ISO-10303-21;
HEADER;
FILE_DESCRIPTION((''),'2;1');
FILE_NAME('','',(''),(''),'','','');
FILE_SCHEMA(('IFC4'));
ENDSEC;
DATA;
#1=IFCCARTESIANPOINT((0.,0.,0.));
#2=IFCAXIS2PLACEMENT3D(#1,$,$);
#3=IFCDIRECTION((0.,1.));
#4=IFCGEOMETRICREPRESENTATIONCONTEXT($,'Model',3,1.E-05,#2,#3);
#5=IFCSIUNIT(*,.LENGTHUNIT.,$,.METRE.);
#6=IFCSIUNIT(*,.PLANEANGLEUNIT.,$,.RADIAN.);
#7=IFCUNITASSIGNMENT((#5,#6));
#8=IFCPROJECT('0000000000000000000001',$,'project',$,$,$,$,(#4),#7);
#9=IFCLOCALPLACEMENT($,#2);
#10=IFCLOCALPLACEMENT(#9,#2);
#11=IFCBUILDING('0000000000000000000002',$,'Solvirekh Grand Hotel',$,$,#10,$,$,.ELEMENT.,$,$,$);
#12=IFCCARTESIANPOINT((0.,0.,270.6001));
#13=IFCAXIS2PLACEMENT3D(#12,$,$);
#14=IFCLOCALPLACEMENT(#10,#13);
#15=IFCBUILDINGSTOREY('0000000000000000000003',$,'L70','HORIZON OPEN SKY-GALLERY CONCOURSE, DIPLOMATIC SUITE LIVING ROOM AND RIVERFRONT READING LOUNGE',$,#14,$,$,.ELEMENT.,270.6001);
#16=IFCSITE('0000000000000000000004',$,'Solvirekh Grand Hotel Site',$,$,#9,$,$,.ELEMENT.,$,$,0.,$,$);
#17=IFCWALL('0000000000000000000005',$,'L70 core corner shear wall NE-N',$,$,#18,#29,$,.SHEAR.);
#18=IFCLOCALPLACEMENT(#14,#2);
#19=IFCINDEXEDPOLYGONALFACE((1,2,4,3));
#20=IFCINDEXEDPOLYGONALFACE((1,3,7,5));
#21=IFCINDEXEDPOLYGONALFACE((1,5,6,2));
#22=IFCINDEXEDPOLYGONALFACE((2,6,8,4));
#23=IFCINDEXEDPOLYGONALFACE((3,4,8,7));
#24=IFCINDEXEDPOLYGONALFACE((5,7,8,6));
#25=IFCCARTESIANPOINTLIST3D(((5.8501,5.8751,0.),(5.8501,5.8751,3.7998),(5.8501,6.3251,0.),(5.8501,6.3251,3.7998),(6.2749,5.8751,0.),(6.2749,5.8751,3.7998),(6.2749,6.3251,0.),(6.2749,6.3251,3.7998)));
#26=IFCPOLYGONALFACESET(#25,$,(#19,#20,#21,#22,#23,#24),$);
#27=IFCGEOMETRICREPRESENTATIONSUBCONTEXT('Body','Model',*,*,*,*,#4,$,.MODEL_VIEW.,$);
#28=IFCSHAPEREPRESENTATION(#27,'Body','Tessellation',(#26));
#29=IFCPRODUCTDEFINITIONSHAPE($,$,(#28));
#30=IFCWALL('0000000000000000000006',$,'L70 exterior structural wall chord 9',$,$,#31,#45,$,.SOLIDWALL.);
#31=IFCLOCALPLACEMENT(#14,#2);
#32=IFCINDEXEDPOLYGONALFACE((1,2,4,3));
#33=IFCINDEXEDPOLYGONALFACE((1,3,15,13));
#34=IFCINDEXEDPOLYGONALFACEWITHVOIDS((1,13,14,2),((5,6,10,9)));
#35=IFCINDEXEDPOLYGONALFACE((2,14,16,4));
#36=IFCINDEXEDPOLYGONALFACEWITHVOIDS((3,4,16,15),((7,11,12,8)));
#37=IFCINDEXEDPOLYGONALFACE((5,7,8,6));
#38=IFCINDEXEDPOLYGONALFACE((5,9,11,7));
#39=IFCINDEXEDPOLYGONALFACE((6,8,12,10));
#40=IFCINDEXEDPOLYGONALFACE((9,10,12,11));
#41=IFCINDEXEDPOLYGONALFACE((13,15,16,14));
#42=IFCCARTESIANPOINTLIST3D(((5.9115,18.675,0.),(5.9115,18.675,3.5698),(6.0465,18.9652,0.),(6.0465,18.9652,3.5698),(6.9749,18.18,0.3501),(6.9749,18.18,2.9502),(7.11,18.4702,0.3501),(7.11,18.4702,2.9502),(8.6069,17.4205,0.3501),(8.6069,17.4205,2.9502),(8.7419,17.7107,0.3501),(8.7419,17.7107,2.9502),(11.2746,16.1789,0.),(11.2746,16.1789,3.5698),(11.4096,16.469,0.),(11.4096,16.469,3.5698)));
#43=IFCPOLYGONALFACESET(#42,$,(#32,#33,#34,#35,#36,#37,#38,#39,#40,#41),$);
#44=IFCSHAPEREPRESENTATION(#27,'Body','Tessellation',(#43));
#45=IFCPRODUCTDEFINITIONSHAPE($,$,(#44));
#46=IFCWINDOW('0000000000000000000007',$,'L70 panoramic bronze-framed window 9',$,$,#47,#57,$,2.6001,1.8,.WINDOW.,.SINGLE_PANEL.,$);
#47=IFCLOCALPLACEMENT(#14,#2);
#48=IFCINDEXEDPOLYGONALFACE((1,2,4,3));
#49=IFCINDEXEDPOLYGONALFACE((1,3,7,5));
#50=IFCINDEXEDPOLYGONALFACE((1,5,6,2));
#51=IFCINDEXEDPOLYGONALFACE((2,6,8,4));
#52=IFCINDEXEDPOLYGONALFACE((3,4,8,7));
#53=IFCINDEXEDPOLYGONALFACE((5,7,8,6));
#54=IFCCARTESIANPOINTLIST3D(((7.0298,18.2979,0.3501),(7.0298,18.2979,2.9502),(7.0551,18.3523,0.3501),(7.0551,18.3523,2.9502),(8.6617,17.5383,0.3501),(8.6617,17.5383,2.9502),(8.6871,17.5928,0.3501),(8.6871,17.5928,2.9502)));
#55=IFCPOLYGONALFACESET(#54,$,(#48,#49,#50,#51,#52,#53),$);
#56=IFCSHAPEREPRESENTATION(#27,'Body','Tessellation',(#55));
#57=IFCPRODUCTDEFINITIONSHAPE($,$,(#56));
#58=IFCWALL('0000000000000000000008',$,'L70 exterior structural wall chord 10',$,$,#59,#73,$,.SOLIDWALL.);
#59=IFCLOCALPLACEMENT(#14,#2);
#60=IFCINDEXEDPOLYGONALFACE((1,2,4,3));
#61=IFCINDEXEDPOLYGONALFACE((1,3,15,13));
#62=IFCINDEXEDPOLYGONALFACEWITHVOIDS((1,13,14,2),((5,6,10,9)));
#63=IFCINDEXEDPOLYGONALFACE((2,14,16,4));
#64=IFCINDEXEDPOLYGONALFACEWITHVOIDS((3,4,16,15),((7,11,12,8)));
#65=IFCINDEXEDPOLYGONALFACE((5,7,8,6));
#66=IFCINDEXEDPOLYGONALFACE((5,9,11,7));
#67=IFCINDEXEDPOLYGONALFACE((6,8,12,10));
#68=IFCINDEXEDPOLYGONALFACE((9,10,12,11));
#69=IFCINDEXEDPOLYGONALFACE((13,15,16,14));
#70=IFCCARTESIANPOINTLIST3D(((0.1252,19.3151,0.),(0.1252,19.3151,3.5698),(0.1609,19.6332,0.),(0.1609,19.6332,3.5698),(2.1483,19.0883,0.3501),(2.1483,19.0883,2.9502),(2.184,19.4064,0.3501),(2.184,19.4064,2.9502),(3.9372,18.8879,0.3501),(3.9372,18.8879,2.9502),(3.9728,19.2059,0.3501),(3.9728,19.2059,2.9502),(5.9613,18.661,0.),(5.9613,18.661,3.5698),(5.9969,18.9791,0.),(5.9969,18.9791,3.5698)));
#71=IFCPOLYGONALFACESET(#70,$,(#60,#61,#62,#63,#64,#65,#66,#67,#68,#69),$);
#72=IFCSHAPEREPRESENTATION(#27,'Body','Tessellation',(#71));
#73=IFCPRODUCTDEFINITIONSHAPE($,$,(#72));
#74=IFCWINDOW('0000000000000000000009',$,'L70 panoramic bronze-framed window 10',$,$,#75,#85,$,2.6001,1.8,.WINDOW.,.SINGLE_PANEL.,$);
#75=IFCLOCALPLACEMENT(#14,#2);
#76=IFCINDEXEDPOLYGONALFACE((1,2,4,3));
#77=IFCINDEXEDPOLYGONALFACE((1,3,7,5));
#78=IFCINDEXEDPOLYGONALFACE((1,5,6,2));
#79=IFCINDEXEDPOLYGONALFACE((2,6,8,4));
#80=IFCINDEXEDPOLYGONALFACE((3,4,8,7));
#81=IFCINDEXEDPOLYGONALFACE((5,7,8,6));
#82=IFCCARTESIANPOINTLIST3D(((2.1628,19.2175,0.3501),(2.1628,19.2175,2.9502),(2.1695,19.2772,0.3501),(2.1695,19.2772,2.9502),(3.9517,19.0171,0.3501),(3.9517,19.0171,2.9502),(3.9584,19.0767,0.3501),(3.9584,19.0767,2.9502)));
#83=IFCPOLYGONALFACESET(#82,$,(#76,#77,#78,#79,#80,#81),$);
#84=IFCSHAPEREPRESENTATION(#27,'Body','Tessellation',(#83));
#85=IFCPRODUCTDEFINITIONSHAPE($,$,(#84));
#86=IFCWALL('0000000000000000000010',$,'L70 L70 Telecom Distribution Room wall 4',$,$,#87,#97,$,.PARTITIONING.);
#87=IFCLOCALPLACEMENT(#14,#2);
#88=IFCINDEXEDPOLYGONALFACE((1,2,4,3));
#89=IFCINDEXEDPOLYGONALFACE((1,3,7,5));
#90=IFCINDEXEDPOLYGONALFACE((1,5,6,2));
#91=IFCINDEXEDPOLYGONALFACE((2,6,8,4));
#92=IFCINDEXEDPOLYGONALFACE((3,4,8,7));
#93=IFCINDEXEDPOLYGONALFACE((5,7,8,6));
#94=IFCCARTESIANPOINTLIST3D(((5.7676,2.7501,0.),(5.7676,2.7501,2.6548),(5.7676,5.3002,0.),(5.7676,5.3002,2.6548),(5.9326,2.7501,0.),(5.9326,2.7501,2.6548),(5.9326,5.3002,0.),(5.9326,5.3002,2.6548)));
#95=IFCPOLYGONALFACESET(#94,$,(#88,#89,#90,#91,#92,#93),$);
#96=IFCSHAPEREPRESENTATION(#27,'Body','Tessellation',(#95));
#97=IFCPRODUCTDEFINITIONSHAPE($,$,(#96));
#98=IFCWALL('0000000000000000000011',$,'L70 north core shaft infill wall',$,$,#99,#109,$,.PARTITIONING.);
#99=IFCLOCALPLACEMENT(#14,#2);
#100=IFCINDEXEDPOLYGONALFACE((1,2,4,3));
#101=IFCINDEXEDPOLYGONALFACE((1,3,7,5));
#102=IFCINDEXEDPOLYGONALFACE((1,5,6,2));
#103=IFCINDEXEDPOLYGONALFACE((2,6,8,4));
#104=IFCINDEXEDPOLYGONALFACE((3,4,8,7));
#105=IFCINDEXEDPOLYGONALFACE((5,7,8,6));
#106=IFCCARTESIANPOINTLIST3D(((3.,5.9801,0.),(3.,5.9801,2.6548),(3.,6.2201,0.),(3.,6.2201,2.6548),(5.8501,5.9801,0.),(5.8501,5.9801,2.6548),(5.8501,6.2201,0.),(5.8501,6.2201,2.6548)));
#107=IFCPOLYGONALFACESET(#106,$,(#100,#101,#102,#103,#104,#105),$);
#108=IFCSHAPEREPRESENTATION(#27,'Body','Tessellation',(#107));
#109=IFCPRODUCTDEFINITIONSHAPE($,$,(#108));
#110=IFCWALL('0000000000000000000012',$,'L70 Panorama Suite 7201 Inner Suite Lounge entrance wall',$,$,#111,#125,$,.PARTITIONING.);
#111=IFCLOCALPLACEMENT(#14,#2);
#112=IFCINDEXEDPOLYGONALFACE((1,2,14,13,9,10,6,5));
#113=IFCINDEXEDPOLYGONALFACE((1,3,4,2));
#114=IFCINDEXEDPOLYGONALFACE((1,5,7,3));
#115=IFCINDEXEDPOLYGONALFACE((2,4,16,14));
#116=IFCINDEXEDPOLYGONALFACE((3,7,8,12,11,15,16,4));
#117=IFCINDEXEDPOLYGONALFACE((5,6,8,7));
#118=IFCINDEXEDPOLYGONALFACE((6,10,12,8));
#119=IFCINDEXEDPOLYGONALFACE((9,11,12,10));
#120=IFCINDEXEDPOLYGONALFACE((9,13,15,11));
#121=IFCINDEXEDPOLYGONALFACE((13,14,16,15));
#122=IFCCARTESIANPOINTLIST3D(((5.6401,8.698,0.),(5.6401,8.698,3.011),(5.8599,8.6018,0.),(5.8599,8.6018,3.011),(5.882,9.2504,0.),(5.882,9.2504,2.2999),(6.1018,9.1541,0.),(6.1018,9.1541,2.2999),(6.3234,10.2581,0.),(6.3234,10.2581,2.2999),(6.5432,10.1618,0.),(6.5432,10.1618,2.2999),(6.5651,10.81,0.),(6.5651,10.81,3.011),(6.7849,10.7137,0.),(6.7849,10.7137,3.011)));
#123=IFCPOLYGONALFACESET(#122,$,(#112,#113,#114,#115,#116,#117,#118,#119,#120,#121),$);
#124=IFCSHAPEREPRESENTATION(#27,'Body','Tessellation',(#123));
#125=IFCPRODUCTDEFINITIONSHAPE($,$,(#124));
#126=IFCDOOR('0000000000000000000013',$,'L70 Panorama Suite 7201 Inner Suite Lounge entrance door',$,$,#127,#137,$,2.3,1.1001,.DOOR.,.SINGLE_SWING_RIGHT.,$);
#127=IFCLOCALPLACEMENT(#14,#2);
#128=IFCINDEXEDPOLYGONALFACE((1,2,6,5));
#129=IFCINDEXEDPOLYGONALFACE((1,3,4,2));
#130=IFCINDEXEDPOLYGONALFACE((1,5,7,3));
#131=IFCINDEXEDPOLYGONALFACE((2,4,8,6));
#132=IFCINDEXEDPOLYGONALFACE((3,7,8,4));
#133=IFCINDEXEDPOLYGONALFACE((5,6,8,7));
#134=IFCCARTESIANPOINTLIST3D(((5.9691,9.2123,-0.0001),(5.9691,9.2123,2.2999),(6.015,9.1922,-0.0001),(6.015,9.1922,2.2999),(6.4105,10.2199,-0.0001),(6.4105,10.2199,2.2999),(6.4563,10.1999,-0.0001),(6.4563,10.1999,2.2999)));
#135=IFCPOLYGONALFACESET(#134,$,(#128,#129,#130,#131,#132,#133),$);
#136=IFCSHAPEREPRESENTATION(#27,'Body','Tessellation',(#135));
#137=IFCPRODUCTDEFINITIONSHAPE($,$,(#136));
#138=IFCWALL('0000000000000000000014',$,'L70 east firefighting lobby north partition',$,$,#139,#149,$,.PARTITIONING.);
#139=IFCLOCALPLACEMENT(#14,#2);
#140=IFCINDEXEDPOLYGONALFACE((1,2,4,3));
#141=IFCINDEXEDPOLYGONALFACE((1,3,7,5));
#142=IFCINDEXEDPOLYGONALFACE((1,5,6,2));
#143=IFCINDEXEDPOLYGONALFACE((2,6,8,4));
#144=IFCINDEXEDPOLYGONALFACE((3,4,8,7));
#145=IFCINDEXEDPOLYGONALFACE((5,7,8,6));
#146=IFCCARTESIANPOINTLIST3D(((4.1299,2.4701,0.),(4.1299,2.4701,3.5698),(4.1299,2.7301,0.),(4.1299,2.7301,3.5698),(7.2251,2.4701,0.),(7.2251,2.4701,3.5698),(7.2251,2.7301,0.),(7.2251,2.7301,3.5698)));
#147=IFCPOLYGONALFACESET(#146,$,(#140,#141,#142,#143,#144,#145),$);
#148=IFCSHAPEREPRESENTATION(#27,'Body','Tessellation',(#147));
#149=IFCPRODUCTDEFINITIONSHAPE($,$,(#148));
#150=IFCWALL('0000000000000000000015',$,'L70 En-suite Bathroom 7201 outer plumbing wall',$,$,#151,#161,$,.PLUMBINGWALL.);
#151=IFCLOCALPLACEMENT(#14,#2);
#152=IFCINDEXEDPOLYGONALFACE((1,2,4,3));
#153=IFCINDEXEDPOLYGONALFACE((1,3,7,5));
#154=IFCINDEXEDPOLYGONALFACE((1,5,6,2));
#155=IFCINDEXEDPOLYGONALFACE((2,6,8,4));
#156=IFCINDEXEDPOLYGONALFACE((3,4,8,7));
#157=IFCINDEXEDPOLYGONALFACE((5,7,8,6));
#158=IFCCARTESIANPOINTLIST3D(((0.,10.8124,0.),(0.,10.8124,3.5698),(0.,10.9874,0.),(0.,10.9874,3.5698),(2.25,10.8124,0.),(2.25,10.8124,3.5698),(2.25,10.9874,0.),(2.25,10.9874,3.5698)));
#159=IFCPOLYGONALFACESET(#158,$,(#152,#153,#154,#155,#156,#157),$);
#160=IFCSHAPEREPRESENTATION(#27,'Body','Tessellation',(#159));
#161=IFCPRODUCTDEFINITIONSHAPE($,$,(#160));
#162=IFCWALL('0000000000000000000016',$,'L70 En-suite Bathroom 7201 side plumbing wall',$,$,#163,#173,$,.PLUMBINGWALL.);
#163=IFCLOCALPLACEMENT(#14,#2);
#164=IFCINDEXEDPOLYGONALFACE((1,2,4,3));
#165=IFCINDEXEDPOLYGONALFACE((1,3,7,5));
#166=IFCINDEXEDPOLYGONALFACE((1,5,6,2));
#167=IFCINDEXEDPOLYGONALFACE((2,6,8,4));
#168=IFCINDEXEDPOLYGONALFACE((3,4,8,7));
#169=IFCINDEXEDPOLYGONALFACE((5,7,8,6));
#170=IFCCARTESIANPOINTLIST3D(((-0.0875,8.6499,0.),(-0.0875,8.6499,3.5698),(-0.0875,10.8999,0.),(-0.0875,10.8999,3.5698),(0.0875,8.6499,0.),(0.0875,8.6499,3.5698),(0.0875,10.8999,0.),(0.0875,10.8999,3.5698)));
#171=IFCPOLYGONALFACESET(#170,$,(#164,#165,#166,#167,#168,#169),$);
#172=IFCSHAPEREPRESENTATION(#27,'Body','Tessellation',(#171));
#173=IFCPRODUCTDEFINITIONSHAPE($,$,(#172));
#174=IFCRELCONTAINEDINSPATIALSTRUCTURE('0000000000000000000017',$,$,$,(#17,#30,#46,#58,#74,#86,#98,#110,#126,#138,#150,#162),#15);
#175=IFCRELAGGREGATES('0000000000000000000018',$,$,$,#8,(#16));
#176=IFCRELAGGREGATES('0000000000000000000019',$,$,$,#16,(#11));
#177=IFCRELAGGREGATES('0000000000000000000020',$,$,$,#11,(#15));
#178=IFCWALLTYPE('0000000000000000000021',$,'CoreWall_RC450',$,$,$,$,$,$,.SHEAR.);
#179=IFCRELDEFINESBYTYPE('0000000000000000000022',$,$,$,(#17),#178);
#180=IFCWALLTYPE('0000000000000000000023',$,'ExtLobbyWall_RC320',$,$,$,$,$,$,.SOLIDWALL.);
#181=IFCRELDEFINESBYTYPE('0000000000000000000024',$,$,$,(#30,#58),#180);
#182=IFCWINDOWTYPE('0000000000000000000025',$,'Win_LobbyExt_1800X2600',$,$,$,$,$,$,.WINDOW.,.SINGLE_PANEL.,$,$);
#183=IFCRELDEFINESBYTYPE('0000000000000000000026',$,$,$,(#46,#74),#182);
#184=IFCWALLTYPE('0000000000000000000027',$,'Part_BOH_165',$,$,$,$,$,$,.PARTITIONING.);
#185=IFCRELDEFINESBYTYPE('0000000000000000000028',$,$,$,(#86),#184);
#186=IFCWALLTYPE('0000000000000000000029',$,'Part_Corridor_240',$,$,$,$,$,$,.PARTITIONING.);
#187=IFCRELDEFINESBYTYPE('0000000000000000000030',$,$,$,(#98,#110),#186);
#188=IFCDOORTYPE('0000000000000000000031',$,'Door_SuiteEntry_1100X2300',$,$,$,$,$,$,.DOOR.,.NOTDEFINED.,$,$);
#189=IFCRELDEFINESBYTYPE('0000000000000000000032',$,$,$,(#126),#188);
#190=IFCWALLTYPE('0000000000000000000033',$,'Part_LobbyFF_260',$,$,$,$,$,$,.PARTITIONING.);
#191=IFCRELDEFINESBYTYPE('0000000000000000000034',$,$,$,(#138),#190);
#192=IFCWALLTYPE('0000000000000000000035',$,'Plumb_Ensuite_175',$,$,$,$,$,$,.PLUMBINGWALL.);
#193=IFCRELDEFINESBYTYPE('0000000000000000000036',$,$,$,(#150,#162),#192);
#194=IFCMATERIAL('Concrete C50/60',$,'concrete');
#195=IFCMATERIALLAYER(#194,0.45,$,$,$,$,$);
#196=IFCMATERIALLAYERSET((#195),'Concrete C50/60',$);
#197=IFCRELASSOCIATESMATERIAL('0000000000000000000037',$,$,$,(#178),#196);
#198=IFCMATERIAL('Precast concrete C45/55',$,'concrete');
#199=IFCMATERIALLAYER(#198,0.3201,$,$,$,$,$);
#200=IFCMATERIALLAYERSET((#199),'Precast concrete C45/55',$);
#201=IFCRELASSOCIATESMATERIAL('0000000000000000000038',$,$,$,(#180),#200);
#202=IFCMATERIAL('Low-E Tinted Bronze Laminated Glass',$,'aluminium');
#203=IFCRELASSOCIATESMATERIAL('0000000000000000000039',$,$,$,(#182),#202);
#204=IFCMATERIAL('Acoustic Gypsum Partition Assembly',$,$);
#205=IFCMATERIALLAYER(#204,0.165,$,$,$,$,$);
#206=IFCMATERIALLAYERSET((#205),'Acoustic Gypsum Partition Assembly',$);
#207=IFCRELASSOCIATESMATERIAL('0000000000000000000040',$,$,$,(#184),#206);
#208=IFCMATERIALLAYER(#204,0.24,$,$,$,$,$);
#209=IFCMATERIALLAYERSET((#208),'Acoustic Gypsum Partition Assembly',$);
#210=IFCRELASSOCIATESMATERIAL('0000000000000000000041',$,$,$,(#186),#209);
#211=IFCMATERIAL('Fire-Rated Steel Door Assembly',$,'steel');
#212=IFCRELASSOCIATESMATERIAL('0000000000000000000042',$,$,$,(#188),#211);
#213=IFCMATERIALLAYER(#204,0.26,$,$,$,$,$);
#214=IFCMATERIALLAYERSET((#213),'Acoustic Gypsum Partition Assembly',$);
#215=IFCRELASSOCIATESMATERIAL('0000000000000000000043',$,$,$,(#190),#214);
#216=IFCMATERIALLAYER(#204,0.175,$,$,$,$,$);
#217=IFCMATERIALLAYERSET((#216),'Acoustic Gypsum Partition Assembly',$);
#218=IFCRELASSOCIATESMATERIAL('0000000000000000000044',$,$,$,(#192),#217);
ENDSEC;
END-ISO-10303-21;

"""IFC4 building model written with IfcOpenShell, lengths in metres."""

from ifc_helpers import new_model, si_unit, direction, frame, frame_2d, origin, place, context, subcontext, project, spatial, rectangle, extrude, material, layer, layer_set, type_object, element, fill, save


model = new_model("IFC4")

# Units and contexts
model_context = context("Model", 3, precision=1e-05, world=origin(), true_north=direction((0.0, 1.0)))
body_context = subcontext(model_context, "Body", "Model", "MODEL_VIEW")
ifc_project = project(units=[si_unit("LENGTHUNIT", "METRE"), si_unit("PLANEANGLEUNIT", "RADIAN")], contexts=[model_context])

# Site, building, storey
site_placement = place(None, origin())
site = spatial("IfcSite", under=ifc_project, at=site_placement, Name="Solvirekh Grand Hotel Site", CompositionType="ELEMENT", RefElevation=0.0)
building_placement = place(site_placement, origin())
building = spatial("IfcBuilding", under=site, at=building_placement, Name="Solvirekh Grand Hotel", CompositionType="ELEMENT")
storey_placement = place(building_placement, frame((0.0, 0.0, 270.6001)))
storey = spatial("IfcBuildingStorey", under=building, at=storey_placement, Name="L70", Description="HORIZON OPEN SKY-GALLERY CONCOURSE, DIPLOMATIC SUITE LIVING ROOM AND RIVERFRONT READING LOUNGE", CompositionType="ELEMENT", Elevation=270.6001)

# Shared definitions
ifc_material_1 = material(Name="Fire-Rated Steel Door Assembly", Category="steel")

# Wall
ifc_material_2 = material(Name="Concrete C50/60", Category="concrete")
ifc_layer_1 = layer(ifc_material_2, 0.45)
ifc_layer_set_1 = layer_set([ifc_layer_1], Name="Concrete C50/60")
wall_type_1 = type_object("IfcWallType", Name="CoreWall_RC450", PredefinedType="SHEAR", material=ifc_layer_set_1)
wall_1_placement = place(storey_placement, frame((5.8501, 6.1001, 0.0), z_axis=(0.0, 0.0, 1.0), x_axis=(1.0, 0.0, 0.0)))
element("IfcWall", 1, at=wall_1_placement, inside=storey, type_object=wall_type_1, Name="L70 core corner shear wall NE-N", PredefinedType="SHEAR", context=body_context, shape_type="SweptSolid", body=[
    extrude(rectangle(XDim=0.4248, YDim=0.45, at=frame_2d((0.2124, 0.0))), origin(), (0.0, 0.0, 1.0), 3.7998),
])

# Walls, openings, windows
ifc_material_3 = material(Name="Precast concrete C45/55", Category="concrete")
ifc_layer_2 = layer(ifc_material_3, 0.3201)
ifc_layer_set_2 = layer_set([ifc_layer_2], Name="Precast concrete C45/55")
wall_type_2 = type_object("IfcWallType", Name="ExtLobbyWall_RC320", PredefinedType="SOLIDWALL", material=ifc_layer_set_2)
wall_2_placement = place(storey_placement, frame((5.979, 18.8201, 0.0), z_axis=(0.0, 0.0, 1.0), x_axis=(0.906614, -0.421961, 0.0)))
wall_2 = element("IfcWall", 2, at=wall_2_placement, inside=storey, type_object=wall_type_2, Name="L70 exterior structural wall chord 9", PredefinedType="SOLIDWALL", context=body_context, shape_type="SweptSolid", body=[
    extrude(rectangle(XDim=5.9155, YDim=0.3201, at=frame_2d((2.9578, 0.0))), origin(), (0.0, 0.0, 1.0), 3.5698),
])
opening_1_placement = place(wall_2_placement, frame((1.1731, 0.0, 0.3501)))
opening_1 = element("IfcOpeningElement", 3, at=opening_1_placement, cuts=wall_2, PredefinedType="OPENING", context=body_context, shape_type="SweptSolid", body=[
    extrude(rectangle(XDim=1.8, YDim=2.6001, at=frame_2d((0.8999, 1.3))), frame((0.0, 0.1699, 0.0), z_axis=(0.0, -1.0, 0.0), x_axis=(1.0, 0.0, 0.0)), (0.0, 0.0, 1.0), 0.3401),
])
ifc_material_4 = material(Name="Low-E Tinted Bronze Laminated Glass", Category="aluminium")
window_type = type_object("IfcWindowType", Name="Win_LobbyExt_1800X2600", PartitioningType="SINGLE_PANEL", PredefinedType="WINDOW", material=ifc_material_4)
window_1_placement = place(opening_1_placement, origin())
window_1 = element("IfcWindow", 4, at=window_1_placement, inside=storey, type_object=window_type, Name="L70 panoramic bronze-framed window 9", OverallHeight=2.6001, OverallWidth=1.8, PartitioningType="SINGLE_PANEL", PredefinedType="WINDOW", context=body_context, shape_type="SweptSolid", body=[
    extrude(rectangle(XDim=1.8, YDim=2.6001, at=frame_2d((0.8999, 1.3))), frame((0.0, 0.03, 0.0), z_axis=(0.0, -1.0, 0.0), x_axis=(1.0, 0.0, 0.0)), (0.0, 0.0, 1.0), 0.0601),
])
fill(opening_1, window_1)
wall_3_placement = place(storey_placement, frame((0.1431, 19.4741, 0.0), z_axis=(0.0, 0.0, 1.0), x_axis=(0.993778, -0.111376, 0.0)))
wall_3 = element("IfcWall", 5, at=wall_3_placement, inside=storey, type_object=wall_type_2, Name="L70 exterior structural wall chord 10", PredefinedType="SOLIDWALL", context=body_context, shape_type="SweptSolid", body=[
    extrude(rectangle(XDim=5.8726, YDim=0.3201, at=frame_2d((2.9363, 0.0))), origin(), (0.0, 0.0, 1.0), 3.5698),
])
opening_2_placement = place(wall_3_placement, frame((2.0359, 0.0, 0.3501)))
opening_2 = element("IfcOpeningElement", 6, at=opening_2_placement, cuts=wall_3, PredefinedType="OPENING", context=body_context, shape_type="SweptSolid", body=[
    extrude(rectangle(XDim=1.8, YDim=2.6001, at=frame_2d((0.8999, 1.3))), frame((0.0, 0.1699, 0.0), z_axis=(0.0, -1.0, 0.0), x_axis=(1.0, 0.0, 0.0)), (0.0, 0.0, 1.0), 0.3401),
])
window_2_placement = place(opening_2_placement, origin())
window_2 = element("IfcWindow", 7, at=window_2_placement, inside=storey, type_object=window_type, Name="L70 panoramic bronze-framed window 10", OverallHeight=2.6001, OverallWidth=1.8, PartitioningType="SINGLE_PANEL", PredefinedType="WINDOW", context=body_context, shape_type="SweptSolid", body=[
    extrude(rectangle(XDim=1.8, YDim=2.6001, at=frame_2d((0.8999, 1.3))), frame((0.0, 0.03, 0.0), z_axis=(0.0, -1.0, 0.0), x_axis=(1.0, 0.0, 0.0)), (0.0, 0.0, 1.0), 0.0601),
])
fill(opening_2, window_2)

# Walls
ifc_material_5 = material(Name="Acoustic Gypsum Partition Assembly")
ifc_layer_3 = layer(ifc_material_5, 0.165)
ifc_layer_set_3 = layer_set([ifc_layer_3], Name="Acoustic Gypsum Partition Assembly")
wall_type_3 = type_object("IfcWallType", Name="Part_BOH_165", PredefinedType="PARTITIONING", material=ifc_layer_set_3)
wall_4_placement = place(storey_placement, frame((5.8501, 5.3, 0.0), z_axis=(0.0, 0.0, 1.0), x_axis=(0.0, -1.0, 0.0)))
element("IfcWall", 8, at=wall_4_placement, inside=storey, type_object=wall_type_3, Name="L70 L70 Telecom Distribution Room wall 4", PredefinedType="PARTITIONING", context=body_context, shape_type="SweptSolid", body=[
    extrude(rectangle(XDim=2.55, YDim=0.165, at=frame_2d((1.2749, 0.0))), origin(), (0.0, 0.0, 1.0), 2.6548),
])
ifc_layer_4 = layer(ifc_material_5, 0.24)
ifc_layer_set_4 = layer_set([ifc_layer_4], Name="Acoustic Gypsum Partition Assembly")
wall_type_4 = type_object("IfcWallType", Name="Part_Corridor_240", PredefinedType="PARTITIONING", material=ifc_layer_set_4)
wall_5_placement = place(storey_placement, frame((3.0, 6.1001, 0.0), z_axis=(0.0, 0.0, 1.0), x_axis=(1.0, 0.0, 0.0)))
element("IfcWall", 9, at=wall_5_placement, inside=storey, type_object=wall_type_4, Name="L70 north core shaft infill wall", PredefinedType="PARTITIONING", context=body_context, shape_type="SweptSolid", body=[
    extrude(rectangle(XDim=2.8501, YDim=0.24, at=frame_2d((1.425, 0.0))), origin(), (0.0, 0.0, 1.0), 2.6548),
])

# Wall, opening, door
wall_6_placement = place(storey_placement, frame((5.75, 8.6499, 0.0), z_axis=(0.0, 0.0, 1.0), x_axis=(0.401191, 0.915994, 0.0)))
wall_6 = element("IfcWall", 10, at=wall_6_placement, inside=storey, type_object=wall_type_4, Name="L70 Panorama Suite 7201 Inner Suite Lounge entrance wall", PredefinedType="PARTITIONING", context=body_context, shape_type="SweptSolid", body=[
    extrude(rectangle(XDim=2.3057, YDim=0.24, at=frame_2d((1.1528, 0.0))), origin(), (0.0, 0.0, 1.0), 3.011),
])
opening_3_placement = place(wall_6_placement, frame((0.603, 0.0, 0.0)))
opening_3 = element("IfcOpeningElement", 11, at=opening_3_placement, cuts=wall_6, PredefinedType="OPENING", context=body_context, shape_type="SweptSolid", body=[
    extrude(rectangle(XDim=1.1001, YDim=2.3, at=frame_2d((0.55, 1.1499))), frame((0.0, 0.1299, 0.0), z_axis=(0.0, -1.0, 0.0), x_axis=(1.0, 0.0, 0.0)), (0.0, 0.0, 1.0), 0.26),
])
door_type_1 = type_object("IfcDoorType", Name="Door_SuiteEntry_1100X2300", OperationType="NOTDEFINED", PredefinedType="DOOR", material=ifc_material_1)
door_1_placement = place(opening_3_placement, origin())
door_1 = element("IfcDoor", 12, at=door_1_placement, inside=storey, type_object=door_type_1, Name="L70 Panorama Suite 7201 Inner Suite Lounge entrance door", OperationType="SINGLE_SWING_RIGHT", OverallHeight=2.3, OverallWidth=1.1001, PredefinedType="DOOR", context=body_context, shape_type="SweptSolid", body=[
    extrude(rectangle(XDim=1.1001, YDim=2.3, at=frame_2d((0.55, 1.1499))), frame((0.0, 0.0249, 0.0), z_axis=(0.0, -1.0, 0.0), x_axis=(1.0, 0.0, 0.0)), (0.0, 0.0, 1.0), 0.05),
])
fill(opening_3, door_1)

# Walls
ifc_layer_5 = layer(ifc_material_5, 0.26)
ifc_layer_set_5 = layer_set([ifc_layer_5], Name="Acoustic Gypsum Partition Assembly")
wall_type_5 = type_object("IfcWallType", Name="Part_LobbyFF_260", PredefinedType="PARTITIONING", material=ifc_layer_set_5)
wall_7_placement = place(storey_placement, frame((4.1299, 2.6001, 0.0), z_axis=(0.0, 0.0, 1.0), x_axis=(1.0, 0.0, 0.0)))
element("IfcWall", 13, at=wall_7_placement, inside=storey, type_object=wall_type_5, Name="L70 east firefighting lobby north partition", PredefinedType="PARTITIONING", context=body_context, shape_type="SweptSolid", body=[
    extrude(rectangle(XDim=3.0952, YDim=0.26, at=frame_2d((1.5476, 0.0))), origin(), (0.0, 0.0, 1.0), 3.5698),
])
ifc_layer_6 = layer(ifc_material_5, 0.175)
ifc_layer_set_6 = layer_set([ifc_layer_6], Name="Acoustic Gypsum Partition Assembly")
wall_type_6 = type_object("IfcWallType", Name="Plumb_Ensuite_175", PredefinedType="PLUMBINGWALL", material=ifc_layer_set_6)
for number, where, z_axis, x_axis, name in (
    (14, (0.0, 10.8999, 0.0), (0.0, 0.0, 1.0), (1.0, 0.0, 0.0), "L70 En-suite Bathroom 7201 outer plumbing wall"),
    (15, (0.0, 10.8999, 0.0), (0.0, 0.0, 1.0), (0.0, -1.0, 0.0), "L70 En-suite Bathroom 7201 side plumbing wall"),
):
    element("IfcWall", number, at=place(storey_placement, frame(where, z_axis=z_axis, x_axis=x_axis)), inside=storey, type_object=wall_type_6, Name=name, PredefinedType="PLUMBINGWALL", context=body_context, shape_type="SweptSolid", body=[
        extrude(rectangle(XDim=2.25, YDim=0.175, at=frame_2d((1.125, 0.0))), origin(), (0.0, 0.0, 1.0), 3.5698),
    ])

save(model, "model.ifc")
